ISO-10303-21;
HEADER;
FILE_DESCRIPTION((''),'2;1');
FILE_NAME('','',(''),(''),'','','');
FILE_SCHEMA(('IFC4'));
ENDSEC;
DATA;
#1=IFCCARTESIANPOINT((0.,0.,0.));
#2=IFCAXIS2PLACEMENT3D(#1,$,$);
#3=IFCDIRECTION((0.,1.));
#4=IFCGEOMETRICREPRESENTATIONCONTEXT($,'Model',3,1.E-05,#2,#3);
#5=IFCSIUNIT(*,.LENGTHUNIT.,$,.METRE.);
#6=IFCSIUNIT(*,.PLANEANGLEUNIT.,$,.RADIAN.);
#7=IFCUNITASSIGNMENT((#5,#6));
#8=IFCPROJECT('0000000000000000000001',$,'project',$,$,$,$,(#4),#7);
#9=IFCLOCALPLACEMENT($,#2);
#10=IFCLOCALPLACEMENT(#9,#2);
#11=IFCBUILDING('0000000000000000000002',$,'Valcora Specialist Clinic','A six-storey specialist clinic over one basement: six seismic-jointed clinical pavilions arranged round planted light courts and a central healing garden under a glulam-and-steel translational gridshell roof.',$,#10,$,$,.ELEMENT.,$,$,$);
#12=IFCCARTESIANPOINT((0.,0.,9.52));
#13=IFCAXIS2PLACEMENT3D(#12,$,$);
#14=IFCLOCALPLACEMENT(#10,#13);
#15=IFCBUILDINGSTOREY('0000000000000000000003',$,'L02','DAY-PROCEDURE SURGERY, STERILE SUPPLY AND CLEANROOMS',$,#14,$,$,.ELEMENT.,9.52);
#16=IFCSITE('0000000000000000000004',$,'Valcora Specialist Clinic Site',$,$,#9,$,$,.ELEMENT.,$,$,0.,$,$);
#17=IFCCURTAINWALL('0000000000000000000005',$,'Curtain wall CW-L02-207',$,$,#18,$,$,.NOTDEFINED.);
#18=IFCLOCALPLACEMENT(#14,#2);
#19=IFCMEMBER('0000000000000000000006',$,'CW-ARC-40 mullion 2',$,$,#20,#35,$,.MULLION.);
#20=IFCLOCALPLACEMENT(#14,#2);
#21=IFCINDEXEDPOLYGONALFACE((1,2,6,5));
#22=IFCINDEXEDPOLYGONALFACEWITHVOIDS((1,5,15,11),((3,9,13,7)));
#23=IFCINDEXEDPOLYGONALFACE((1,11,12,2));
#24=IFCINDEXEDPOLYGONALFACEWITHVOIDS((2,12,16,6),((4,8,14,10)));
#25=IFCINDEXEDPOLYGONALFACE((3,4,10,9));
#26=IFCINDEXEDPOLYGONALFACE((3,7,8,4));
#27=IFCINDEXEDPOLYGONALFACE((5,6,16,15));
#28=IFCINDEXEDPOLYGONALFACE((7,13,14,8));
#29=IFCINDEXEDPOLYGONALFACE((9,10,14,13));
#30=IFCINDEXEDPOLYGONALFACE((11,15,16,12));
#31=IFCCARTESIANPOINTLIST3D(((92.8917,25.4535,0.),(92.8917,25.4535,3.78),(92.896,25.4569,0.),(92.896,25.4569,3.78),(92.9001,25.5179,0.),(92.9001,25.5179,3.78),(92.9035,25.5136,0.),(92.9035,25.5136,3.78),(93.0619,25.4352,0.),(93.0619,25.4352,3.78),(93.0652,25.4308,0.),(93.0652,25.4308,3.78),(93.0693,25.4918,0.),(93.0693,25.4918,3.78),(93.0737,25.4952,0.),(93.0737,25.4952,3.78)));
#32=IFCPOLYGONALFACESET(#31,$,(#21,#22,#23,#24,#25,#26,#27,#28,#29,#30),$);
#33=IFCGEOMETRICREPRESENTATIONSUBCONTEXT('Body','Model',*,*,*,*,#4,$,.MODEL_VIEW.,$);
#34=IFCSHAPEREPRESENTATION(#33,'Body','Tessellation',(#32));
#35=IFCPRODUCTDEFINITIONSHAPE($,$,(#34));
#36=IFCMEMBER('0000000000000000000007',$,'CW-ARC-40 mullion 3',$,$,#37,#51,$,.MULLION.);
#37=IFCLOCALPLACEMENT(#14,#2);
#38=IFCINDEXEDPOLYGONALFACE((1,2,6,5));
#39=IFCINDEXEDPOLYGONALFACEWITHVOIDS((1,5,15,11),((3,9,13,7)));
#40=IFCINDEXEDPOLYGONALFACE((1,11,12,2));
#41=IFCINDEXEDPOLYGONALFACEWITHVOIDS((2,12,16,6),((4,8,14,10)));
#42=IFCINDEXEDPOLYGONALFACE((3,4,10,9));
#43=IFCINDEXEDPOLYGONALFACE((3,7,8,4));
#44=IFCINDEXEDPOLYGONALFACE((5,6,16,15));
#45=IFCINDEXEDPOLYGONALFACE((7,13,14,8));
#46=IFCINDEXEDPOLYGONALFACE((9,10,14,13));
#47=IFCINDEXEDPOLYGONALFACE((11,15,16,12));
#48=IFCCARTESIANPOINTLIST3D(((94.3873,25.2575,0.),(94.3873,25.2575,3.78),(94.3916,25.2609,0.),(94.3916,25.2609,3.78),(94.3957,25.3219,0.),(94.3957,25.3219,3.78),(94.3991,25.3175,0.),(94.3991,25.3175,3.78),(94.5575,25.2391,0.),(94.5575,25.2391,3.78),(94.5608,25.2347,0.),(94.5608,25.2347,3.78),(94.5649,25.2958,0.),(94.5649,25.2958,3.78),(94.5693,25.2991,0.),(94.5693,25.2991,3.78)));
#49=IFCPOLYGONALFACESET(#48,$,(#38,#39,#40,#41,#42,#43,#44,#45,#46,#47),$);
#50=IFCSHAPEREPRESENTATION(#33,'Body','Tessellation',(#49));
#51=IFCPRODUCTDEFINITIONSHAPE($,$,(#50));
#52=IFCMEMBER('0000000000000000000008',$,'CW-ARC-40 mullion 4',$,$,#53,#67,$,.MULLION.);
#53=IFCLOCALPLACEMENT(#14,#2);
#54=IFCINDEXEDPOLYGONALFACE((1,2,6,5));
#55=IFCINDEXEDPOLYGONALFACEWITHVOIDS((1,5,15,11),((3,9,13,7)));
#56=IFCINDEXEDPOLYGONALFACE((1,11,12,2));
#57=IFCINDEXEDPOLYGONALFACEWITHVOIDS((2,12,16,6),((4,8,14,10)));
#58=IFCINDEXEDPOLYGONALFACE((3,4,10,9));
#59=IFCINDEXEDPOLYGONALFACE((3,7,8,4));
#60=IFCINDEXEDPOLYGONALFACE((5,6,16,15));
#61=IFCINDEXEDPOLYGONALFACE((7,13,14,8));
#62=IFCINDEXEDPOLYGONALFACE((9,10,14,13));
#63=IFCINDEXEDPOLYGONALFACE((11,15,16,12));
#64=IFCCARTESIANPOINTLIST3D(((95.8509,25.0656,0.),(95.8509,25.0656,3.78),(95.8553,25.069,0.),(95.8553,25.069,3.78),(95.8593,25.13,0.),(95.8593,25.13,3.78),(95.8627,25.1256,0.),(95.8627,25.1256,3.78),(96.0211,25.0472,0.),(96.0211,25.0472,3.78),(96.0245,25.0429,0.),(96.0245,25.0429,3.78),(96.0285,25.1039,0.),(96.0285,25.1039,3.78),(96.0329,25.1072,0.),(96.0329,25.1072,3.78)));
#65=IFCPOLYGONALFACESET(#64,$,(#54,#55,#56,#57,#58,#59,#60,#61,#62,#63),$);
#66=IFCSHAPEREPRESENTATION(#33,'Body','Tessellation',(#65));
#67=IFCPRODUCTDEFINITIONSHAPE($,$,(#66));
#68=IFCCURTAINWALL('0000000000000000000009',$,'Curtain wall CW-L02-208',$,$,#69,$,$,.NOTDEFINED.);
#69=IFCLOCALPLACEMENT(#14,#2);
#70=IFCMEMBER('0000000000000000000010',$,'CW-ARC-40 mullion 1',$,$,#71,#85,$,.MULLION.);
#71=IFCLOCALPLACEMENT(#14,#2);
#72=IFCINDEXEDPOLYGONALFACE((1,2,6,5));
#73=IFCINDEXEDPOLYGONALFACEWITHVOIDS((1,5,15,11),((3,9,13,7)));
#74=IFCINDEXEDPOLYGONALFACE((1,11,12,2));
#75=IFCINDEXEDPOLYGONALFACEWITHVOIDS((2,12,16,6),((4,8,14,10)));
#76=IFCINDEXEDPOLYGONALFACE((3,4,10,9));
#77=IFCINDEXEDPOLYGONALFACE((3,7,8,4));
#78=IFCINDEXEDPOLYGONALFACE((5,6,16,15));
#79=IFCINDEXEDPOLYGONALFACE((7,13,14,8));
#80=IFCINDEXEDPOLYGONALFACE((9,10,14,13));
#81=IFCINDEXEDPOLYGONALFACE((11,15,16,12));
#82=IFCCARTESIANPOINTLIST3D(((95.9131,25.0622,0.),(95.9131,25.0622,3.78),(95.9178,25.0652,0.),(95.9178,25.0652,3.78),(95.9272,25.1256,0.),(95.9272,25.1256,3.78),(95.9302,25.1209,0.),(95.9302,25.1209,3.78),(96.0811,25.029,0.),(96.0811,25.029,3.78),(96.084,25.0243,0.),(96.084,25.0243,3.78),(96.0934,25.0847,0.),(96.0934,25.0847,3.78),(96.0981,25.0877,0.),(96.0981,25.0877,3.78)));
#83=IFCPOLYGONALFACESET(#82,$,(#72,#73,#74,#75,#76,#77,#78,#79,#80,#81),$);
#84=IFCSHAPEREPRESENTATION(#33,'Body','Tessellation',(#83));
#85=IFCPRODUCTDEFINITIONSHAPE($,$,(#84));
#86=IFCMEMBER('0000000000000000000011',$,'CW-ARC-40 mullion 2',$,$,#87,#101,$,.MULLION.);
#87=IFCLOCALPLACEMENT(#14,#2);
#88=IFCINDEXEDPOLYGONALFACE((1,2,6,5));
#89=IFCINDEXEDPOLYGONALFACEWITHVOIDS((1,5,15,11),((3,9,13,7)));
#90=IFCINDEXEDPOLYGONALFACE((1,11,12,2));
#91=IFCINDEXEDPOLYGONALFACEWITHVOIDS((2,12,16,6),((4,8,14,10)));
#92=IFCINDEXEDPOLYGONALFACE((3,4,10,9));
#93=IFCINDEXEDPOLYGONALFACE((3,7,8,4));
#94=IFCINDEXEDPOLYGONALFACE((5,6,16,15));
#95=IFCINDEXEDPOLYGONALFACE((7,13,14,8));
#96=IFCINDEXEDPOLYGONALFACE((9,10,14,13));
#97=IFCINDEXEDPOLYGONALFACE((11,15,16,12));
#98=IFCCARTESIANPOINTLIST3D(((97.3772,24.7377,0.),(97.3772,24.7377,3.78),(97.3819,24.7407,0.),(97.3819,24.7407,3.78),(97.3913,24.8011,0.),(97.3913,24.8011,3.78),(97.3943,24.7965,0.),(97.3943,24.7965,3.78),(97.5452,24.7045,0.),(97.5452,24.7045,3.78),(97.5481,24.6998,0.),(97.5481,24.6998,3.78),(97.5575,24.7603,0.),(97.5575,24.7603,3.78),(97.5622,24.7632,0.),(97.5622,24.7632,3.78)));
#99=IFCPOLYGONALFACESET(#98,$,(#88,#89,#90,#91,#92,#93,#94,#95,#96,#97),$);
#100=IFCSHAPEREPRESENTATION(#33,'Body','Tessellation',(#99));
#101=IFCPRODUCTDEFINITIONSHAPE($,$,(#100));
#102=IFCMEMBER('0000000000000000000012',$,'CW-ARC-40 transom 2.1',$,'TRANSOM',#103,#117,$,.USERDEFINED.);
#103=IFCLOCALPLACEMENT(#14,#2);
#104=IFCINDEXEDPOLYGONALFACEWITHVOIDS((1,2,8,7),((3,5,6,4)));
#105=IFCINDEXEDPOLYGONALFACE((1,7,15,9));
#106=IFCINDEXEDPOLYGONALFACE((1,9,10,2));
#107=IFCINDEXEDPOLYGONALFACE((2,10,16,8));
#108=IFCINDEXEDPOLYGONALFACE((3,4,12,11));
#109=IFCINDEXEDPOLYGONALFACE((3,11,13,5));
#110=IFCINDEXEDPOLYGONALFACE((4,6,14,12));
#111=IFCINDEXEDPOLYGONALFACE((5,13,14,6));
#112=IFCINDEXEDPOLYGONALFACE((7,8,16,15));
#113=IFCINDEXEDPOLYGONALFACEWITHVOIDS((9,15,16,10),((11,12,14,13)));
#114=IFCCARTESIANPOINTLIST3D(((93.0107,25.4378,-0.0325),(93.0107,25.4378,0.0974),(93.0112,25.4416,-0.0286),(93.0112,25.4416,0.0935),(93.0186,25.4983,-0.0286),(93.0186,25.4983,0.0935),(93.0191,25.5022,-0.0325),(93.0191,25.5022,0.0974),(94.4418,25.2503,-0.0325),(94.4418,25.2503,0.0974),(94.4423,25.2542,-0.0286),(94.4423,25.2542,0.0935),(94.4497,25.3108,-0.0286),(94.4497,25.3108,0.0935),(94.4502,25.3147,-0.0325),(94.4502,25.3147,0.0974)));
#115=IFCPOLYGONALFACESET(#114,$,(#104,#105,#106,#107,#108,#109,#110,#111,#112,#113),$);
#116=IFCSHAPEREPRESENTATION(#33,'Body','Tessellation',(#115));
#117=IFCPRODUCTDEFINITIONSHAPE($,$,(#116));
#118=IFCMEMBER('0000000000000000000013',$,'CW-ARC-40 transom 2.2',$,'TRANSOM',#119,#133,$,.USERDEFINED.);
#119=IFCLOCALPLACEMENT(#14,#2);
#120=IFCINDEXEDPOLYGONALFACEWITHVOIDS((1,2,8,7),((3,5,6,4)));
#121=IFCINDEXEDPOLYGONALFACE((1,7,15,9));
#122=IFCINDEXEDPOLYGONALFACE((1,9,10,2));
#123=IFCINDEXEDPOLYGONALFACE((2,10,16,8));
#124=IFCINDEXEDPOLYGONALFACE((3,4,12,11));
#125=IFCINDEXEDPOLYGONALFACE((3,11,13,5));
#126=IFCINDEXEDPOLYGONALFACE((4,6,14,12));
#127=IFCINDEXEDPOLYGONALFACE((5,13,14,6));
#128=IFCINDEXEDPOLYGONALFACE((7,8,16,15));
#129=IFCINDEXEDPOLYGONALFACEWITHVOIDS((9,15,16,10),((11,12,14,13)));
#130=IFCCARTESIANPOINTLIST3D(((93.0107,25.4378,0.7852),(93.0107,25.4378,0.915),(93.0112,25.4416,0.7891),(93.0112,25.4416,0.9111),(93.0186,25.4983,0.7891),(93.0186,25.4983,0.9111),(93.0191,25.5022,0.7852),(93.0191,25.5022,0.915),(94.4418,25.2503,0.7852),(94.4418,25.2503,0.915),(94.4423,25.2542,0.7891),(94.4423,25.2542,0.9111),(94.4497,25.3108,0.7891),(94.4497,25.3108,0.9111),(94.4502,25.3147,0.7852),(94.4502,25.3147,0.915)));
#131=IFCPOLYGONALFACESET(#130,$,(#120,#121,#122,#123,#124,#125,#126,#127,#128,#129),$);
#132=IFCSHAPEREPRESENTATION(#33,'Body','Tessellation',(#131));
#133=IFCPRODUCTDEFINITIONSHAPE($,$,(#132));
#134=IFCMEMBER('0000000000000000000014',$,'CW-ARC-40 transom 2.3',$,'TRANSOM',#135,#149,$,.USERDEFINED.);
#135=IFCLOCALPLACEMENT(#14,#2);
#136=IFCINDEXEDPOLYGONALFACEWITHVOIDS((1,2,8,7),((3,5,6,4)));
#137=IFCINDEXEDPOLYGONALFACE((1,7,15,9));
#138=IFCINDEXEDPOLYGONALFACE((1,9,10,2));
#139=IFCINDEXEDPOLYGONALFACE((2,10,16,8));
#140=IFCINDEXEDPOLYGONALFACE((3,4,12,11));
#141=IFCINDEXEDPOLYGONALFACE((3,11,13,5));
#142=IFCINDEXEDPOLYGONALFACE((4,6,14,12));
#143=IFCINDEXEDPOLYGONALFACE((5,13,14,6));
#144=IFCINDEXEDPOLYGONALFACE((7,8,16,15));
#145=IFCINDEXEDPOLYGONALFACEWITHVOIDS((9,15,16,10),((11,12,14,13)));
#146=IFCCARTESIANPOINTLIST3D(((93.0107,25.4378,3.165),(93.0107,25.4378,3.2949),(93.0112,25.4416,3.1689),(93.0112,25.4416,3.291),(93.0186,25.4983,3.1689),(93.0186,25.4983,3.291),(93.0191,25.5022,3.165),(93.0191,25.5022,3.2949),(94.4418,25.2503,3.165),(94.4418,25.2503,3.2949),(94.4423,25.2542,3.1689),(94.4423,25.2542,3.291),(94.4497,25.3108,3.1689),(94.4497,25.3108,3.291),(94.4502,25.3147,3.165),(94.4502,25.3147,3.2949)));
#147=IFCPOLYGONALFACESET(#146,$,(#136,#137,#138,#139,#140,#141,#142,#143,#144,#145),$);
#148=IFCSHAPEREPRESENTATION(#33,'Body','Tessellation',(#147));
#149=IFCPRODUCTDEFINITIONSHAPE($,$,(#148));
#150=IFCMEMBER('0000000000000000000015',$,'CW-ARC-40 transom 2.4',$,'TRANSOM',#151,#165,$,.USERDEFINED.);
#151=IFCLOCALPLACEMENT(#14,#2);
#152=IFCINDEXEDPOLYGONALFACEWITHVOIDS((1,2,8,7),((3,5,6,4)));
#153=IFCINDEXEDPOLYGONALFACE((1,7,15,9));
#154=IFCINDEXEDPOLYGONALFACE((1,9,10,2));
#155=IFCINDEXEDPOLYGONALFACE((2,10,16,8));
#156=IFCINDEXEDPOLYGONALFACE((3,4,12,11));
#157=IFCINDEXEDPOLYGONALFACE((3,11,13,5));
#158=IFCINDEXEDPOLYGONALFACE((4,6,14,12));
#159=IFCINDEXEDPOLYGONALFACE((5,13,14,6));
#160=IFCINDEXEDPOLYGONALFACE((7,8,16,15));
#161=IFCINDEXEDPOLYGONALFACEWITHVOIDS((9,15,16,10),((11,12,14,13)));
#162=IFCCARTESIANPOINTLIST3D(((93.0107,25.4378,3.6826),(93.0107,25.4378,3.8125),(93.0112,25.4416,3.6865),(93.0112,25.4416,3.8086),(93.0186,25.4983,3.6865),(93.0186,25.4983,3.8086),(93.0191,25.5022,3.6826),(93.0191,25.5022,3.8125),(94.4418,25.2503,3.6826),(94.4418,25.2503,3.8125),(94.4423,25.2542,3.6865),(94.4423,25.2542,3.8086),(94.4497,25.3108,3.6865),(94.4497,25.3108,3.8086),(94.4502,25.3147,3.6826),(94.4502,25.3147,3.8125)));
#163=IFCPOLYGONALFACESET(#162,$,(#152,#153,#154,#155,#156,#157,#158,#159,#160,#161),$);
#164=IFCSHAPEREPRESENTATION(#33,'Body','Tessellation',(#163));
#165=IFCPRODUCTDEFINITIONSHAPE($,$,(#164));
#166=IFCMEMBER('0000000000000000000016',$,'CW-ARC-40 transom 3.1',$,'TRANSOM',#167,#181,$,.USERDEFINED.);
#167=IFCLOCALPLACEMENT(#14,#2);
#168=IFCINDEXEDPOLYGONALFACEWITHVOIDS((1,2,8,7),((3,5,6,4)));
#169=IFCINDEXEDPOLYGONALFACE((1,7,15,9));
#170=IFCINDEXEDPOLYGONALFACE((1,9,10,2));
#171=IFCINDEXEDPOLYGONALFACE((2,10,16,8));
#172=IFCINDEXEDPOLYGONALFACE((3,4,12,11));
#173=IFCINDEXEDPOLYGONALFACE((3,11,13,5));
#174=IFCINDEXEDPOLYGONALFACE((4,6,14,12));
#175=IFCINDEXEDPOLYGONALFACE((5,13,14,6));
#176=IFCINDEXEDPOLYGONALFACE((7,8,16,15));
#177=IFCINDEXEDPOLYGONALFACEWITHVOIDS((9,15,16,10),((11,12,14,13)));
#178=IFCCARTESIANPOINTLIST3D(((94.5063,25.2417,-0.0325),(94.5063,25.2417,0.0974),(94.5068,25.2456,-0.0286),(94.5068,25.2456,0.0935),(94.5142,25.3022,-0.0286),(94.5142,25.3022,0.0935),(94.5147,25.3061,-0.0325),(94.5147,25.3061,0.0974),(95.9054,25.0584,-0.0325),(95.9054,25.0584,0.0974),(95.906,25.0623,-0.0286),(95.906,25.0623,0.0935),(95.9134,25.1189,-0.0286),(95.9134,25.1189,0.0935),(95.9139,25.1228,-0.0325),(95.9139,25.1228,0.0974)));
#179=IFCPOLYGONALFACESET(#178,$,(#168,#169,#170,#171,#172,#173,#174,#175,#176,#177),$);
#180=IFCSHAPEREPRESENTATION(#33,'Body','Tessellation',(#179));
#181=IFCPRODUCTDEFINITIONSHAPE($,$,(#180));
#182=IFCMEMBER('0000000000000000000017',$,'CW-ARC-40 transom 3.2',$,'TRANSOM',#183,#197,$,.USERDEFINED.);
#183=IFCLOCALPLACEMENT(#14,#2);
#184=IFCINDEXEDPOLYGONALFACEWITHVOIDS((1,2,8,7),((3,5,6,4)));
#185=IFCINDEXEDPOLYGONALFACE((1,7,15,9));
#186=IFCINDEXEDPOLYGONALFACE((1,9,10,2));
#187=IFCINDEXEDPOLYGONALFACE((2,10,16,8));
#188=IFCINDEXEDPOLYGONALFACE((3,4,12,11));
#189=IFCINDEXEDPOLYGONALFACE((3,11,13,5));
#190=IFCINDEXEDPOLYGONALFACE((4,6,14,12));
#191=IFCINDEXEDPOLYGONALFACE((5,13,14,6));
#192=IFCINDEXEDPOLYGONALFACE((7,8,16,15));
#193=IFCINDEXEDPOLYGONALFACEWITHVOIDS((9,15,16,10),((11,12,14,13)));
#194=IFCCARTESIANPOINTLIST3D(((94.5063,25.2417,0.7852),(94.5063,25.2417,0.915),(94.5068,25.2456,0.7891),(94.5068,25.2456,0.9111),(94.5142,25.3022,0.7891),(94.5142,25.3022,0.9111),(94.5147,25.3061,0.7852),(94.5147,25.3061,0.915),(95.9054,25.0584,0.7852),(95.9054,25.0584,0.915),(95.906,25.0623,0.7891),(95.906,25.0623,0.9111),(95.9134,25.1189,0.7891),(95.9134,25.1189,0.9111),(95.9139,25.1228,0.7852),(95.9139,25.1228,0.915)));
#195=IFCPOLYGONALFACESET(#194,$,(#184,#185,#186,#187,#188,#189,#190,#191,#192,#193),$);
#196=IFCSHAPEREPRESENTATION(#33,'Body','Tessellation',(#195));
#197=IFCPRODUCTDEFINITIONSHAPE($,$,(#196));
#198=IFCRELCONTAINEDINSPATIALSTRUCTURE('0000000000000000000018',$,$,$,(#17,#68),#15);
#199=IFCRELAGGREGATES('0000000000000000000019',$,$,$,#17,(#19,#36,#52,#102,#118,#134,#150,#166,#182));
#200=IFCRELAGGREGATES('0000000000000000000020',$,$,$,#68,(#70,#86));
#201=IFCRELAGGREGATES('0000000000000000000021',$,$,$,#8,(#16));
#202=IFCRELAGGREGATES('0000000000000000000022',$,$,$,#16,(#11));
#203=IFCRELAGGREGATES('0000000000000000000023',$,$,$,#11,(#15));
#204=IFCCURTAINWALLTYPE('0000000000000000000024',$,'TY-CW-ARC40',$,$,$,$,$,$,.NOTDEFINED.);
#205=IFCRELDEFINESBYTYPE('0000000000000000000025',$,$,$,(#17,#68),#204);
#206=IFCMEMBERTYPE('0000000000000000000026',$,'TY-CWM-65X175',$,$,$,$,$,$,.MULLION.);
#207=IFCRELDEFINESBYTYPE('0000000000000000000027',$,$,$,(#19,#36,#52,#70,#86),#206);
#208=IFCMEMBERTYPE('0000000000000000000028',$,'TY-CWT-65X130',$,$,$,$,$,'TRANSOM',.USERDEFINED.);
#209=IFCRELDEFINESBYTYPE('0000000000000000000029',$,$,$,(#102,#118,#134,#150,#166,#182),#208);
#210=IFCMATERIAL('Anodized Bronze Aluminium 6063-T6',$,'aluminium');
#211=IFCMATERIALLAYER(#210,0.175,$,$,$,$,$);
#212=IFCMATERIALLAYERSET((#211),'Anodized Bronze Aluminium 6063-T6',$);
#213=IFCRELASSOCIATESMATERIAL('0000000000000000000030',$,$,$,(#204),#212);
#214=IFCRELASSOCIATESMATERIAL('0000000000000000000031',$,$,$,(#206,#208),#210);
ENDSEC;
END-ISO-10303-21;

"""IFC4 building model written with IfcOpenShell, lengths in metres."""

from ifc_helpers import new_model, si_unit, direction, frame, origin, origin_2d, place, context, subcontext, project, spatial, hollow_rectangle, extrude, material, layer, layer_set, material_profile, profile_set, type_object, element, aggregate, save


model = new_model("IFC4")

# Units and contexts
model_context = context("Model", 3, precision=1e-05, world=origin(), true_north=direction((0.0, 1.0)))
body_context = subcontext(model_context, "Body", "Model", "MODEL_VIEW")
ifc_project = project(units=[si_unit("LENGTHUNIT", "METRE"), si_unit("PLANEANGLEUNIT", "RADIAN")], contexts=[model_context])

# Site, building, storey
site_placement = place(None, origin())
site = spatial("IfcSite", under=ifc_project, at=site_placement, Name="Valcora Specialist Clinic Site", CompositionType="ELEMENT", RefElevation=0.0)
building_placement = place(site_placement, origin())
building = spatial("IfcBuilding", under=site, at=building_placement, Name="Valcora Specialist Clinic", Description="A six-storey specialist clinic over one basement: six seismic-jointed clinical pavilions arranged round planted light courts and a central healing garden under a glulam-and-steel translational gridshell roof.", CompositionType="ELEMENT")
storey_placement = place(building_placement, frame((0.0, 0.0, 9.52)))
storey = spatial("IfcBuildingStorey", under=building, at=storey_placement, Name="L02", Description="DAY-PROCEDURE SURGERY, STERILE SUPPLY AND CLEANROOMS", CompositionType="ELEMENT", Elevation=9.52)

# Curtain walls, members
ifc_material_1 = material(Name="Anodized Bronze Aluminium 6063-T6", Category="aluminium")
ifc_layer_1 = layer(ifc_material_1, 0.175)
ifc_layer_set_1 = layer_set([ifc_layer_1], Name="Anodized Bronze Aluminium 6063-T6")
curtain_wall_type = type_object("IfcCurtainWallType", Name="TY-CW-ARC40", PredefinedType="NOTDEFINED", material=ifc_layer_set_1)
curtain_wall_1_placement = place(storey_placement, origin())
curtain_wall_1 = element("IfcCurtainWall", 1, at=curtain_wall_1_placement, inside=storey, type_object=curtain_wall_type, Name="Curtain wall CW-L02-207", PredefinedType="NOTDEFINED")
ifc_material_profile_1 = material_profile(ifc_material_1, hollow_rectangle(XDim=0.0649, YDim=0.175, WallThickness=0.0039, at=origin_2d()), Name="AL-MUL-65X175")
ifc_profile_set_1 = profile_set([ifc_material_profile_1], Name="Anodized Bronze Aluminium 6063-T6")
member_type_1 = type_object("IfcMemberType", Name="TY-CWM-65X175", PredefinedType="MULLION", material=ifc_profile_set_1)
member_1_placement = place(storey_placement, frame((92.9827, 25.4744, 0.0), z_axis=(0.0, 0.0, 1.0), x_axis=(0.129999, 0.991514, 0.0)))
member_1 = element("IfcMember", 2, at=member_1_placement, type_object=member_type_1, Name="CW-ARC-40 mullion 2", PredefinedType="MULLION", context=body_context, shape_type="SweptSolid", body=[
    extrude(hollow_rectangle(XDim=0.0649, YDim=0.175, WallThickness=0.0039, at=origin_2d()), origin(), (0.0, 0.0, 1.0), 3.78),
])
member_2_placement = place(storey_placement, frame((94.4783, 25.2783, 0.0), z_axis=(0.0, 0.0, 1.0), x_axis=(0.129999, 0.991514, 0.0)))
member_2 = element("IfcMember", 3, at=member_2_placement, type_object=member_type_1, Name="CW-ARC-40 mullion 3", PredefinedType="MULLION", context=body_context, shape_type="SweptSolid", body=[
    extrude(hollow_rectangle(XDim=0.0649, YDim=0.175, WallThickness=0.0039, at=origin_2d()), origin(), (0.0, 0.0, 1.0), 3.78),
])
member_3_placement = place(storey_placement, frame((95.9419, 25.0864, 0.0), z_axis=(0.0, 0.0, 1.0), x_axis=(0.129999, 0.991514, 0.0)))
member_3 = element("IfcMember", 4, at=member_3_placement, type_object=member_type_1, Name="CW-ARC-40 mullion 4", PredefinedType="MULLION", context=body_context, shape_type="SweptSolid", body=[
    extrude(hollow_rectangle(XDim=0.0649, YDim=0.175, WallThickness=0.0039, at=origin_2d()), origin(), (0.0, 0.0, 1.0), 3.78),
])
curtain_wall_2_placement = place(storey_placement, origin())
curtain_wall_2 = element("IfcCurtainWall", 5, at=curtain_wall_2_placement, inside=storey, type_object=curtain_wall_type, Name="Curtain wall CW-L02-208", PredefinedType="NOTDEFINED")
member_4_placement = place(storey_placement, frame((96.0056, 25.075, 0.0), z_axis=(0.0, 0.0, 1.0), x_axis=(0.216518, 0.976279, 0.0)))
member_4 = element("IfcMember", 6, at=member_4_placement, type_object=member_type_1, Name="CW-ARC-40 mullion 1", PredefinedType="MULLION", context=body_context, shape_type="SweptSolid", body=[
    extrude(hollow_rectangle(XDim=0.0649, YDim=0.175, WallThickness=0.0039, at=origin_2d()), origin(), (0.0, 0.0, 1.0), 3.78),
])
member_5_placement = place(storey_placement, frame((97.4697, 24.7505, 0.0), z_axis=(0.0, 0.0, 1.0), x_axis=(0.216518, 0.976279, 0.0)))
member_5 = element("IfcMember", 7, at=member_5_placement, type_object=member_type_1, Name="CW-ARC-40 mullion 2", PredefinedType="MULLION", context=body_context, shape_type="SweptSolid", body=[
    extrude(hollow_rectangle(XDim=0.0649, YDim=0.175, WallThickness=0.0039, at=origin_2d()), origin(), (0.0, 0.0, 1.0), 3.78),
])

# Members
ifc_material_profile_2 = material_profile(ifc_material_1, hollow_rectangle(XDim=0.0649, YDim=0.1299, WallThickness=0.0039, at=origin_2d()), Name="AL-TRN-65X130")
ifc_profile_set_2 = profile_set([ifc_material_profile_2], Name="Anodized Bronze Aluminium 6063-T6")
member_type_2 = type_object("IfcMemberType", Name="TY-CWT-65X130", ElementType="TRANSOM", PredefinedType="USERDEFINED", material=ifc_profile_set_2)
member_6_placement = place(storey_placement, frame((93.0149, 25.47, 0.0325), z_axis=(0.991527, -0.129903, 0.0), x_axis=(0.129903, 0.991527, 0.0)))
member_6 = element("IfcMember", 8, at=member_6_placement, type_object=member_type_2, Name="CW-ARC-40 transom 2.1", ObjectType="TRANSOM", PredefinedType="USERDEFINED", context=body_context, shape_type="SweptSolid", body=[
    extrude(hollow_rectangle(XDim=0.0649, YDim=0.1299, WallThickness=0.0039, at=origin_2d()), origin(), (0.0, 0.0, 1.0), 1.4434),
])
member_7_placement = place(storey_placement, frame((93.0149, 25.47, 0.8501), z_axis=(0.991527, -0.129903, 0.0), x_axis=(0.129903, 0.991527, 0.0)))
member_7 = element("IfcMember", 9, at=member_7_placement, type_object=member_type_2, Name="CW-ARC-40 transom 2.2", ObjectType="TRANSOM", PredefinedType="USERDEFINED", context=body_context, shape_type="SweptSolid", body=[
    extrude(hollow_rectangle(XDim=0.0649, YDim=0.1299, WallThickness=0.0039, at=origin_2d()), origin(), (0.0, 0.0, 1.0), 1.4434),
])
member_8_placement = place(storey_placement, frame((93.0149, 25.47, 3.23), z_axis=(0.991527, -0.129903, 0.0), x_axis=(0.129903, 0.991527, 0.0)))
member_8 = element("IfcMember", 10, at=member_8_placement, type_object=member_type_2, Name="CW-ARC-40 transom 2.3", ObjectType="TRANSOM", PredefinedType="USERDEFINED", context=body_context, shape_type="SweptSolid", body=[
    extrude(hollow_rectangle(XDim=0.0649, YDim=0.1299, WallThickness=0.0039, at=origin_2d()), origin(), (0.0, 0.0, 1.0), 1.4434),
])
member_9_placement = place(storey_placement, frame((93.0149, 25.47, 3.7476), z_axis=(0.991527, -0.129903, 0.0), x_axis=(0.129903, 0.991527, 0.0)))
member_9 = element("IfcMember", 11, at=member_9_placement, type_object=member_type_2, Name="CW-ARC-40 transom 2.4", ObjectType="TRANSOM", PredefinedType="USERDEFINED", context=body_context, shape_type="SweptSolid", body=[
    extrude(hollow_rectangle(XDim=0.0649, YDim=0.1299, WallThickness=0.0039, at=origin_2d()), origin(), (0.0, 0.0, 1.0), 1.4434),
])
member_10_placement = place(storey_placement, frame((94.5105, 25.2739, 0.0325), z_axis=(0.991523, -0.129931, 0.0), x_axis=(0.129931, 0.991523, 0.0)))
member_10 = element("IfcMember", 12, at=member_10_placement, type_object=member_type_2, Name="CW-ARC-40 transom 3.1", ObjectType="TRANSOM", PredefinedType="USERDEFINED", context=body_context, shape_type="SweptSolid", body=[
    extrude(hollow_rectangle(XDim=0.0649, YDim=0.1299, WallThickness=0.0039, at=origin_2d()), origin(), (0.0, 0.0, 1.0), 1.4111),
])
member_11_placement = place(storey_placement, frame((94.5105, 25.2739, 0.8501), z_axis=(0.991523, -0.129931, 0.0), x_axis=(0.129931, 0.991523, 0.0)))
member_11 = element("IfcMember", 13, at=member_11_placement, type_object=member_type_2, Name="CW-ARC-40 transom 3.2", ObjectType="TRANSOM", PredefinedType="USERDEFINED", context=body_context, shape_type="SweptSolid", body=[
    extrude(hollow_rectangle(XDim=0.0649, YDim=0.1299, WallThickness=0.0039, at=origin_2d()), origin(), (0.0, 0.0, 1.0), 1.4111),
])

aggregate(curtain_wall_1, [member_1, member_2, member_3, member_6, member_7, member_8, member_9, member_10, member_11])
aggregate(curtain_wall_2, [member_4, member_5])

save(model, "model.ifc")
